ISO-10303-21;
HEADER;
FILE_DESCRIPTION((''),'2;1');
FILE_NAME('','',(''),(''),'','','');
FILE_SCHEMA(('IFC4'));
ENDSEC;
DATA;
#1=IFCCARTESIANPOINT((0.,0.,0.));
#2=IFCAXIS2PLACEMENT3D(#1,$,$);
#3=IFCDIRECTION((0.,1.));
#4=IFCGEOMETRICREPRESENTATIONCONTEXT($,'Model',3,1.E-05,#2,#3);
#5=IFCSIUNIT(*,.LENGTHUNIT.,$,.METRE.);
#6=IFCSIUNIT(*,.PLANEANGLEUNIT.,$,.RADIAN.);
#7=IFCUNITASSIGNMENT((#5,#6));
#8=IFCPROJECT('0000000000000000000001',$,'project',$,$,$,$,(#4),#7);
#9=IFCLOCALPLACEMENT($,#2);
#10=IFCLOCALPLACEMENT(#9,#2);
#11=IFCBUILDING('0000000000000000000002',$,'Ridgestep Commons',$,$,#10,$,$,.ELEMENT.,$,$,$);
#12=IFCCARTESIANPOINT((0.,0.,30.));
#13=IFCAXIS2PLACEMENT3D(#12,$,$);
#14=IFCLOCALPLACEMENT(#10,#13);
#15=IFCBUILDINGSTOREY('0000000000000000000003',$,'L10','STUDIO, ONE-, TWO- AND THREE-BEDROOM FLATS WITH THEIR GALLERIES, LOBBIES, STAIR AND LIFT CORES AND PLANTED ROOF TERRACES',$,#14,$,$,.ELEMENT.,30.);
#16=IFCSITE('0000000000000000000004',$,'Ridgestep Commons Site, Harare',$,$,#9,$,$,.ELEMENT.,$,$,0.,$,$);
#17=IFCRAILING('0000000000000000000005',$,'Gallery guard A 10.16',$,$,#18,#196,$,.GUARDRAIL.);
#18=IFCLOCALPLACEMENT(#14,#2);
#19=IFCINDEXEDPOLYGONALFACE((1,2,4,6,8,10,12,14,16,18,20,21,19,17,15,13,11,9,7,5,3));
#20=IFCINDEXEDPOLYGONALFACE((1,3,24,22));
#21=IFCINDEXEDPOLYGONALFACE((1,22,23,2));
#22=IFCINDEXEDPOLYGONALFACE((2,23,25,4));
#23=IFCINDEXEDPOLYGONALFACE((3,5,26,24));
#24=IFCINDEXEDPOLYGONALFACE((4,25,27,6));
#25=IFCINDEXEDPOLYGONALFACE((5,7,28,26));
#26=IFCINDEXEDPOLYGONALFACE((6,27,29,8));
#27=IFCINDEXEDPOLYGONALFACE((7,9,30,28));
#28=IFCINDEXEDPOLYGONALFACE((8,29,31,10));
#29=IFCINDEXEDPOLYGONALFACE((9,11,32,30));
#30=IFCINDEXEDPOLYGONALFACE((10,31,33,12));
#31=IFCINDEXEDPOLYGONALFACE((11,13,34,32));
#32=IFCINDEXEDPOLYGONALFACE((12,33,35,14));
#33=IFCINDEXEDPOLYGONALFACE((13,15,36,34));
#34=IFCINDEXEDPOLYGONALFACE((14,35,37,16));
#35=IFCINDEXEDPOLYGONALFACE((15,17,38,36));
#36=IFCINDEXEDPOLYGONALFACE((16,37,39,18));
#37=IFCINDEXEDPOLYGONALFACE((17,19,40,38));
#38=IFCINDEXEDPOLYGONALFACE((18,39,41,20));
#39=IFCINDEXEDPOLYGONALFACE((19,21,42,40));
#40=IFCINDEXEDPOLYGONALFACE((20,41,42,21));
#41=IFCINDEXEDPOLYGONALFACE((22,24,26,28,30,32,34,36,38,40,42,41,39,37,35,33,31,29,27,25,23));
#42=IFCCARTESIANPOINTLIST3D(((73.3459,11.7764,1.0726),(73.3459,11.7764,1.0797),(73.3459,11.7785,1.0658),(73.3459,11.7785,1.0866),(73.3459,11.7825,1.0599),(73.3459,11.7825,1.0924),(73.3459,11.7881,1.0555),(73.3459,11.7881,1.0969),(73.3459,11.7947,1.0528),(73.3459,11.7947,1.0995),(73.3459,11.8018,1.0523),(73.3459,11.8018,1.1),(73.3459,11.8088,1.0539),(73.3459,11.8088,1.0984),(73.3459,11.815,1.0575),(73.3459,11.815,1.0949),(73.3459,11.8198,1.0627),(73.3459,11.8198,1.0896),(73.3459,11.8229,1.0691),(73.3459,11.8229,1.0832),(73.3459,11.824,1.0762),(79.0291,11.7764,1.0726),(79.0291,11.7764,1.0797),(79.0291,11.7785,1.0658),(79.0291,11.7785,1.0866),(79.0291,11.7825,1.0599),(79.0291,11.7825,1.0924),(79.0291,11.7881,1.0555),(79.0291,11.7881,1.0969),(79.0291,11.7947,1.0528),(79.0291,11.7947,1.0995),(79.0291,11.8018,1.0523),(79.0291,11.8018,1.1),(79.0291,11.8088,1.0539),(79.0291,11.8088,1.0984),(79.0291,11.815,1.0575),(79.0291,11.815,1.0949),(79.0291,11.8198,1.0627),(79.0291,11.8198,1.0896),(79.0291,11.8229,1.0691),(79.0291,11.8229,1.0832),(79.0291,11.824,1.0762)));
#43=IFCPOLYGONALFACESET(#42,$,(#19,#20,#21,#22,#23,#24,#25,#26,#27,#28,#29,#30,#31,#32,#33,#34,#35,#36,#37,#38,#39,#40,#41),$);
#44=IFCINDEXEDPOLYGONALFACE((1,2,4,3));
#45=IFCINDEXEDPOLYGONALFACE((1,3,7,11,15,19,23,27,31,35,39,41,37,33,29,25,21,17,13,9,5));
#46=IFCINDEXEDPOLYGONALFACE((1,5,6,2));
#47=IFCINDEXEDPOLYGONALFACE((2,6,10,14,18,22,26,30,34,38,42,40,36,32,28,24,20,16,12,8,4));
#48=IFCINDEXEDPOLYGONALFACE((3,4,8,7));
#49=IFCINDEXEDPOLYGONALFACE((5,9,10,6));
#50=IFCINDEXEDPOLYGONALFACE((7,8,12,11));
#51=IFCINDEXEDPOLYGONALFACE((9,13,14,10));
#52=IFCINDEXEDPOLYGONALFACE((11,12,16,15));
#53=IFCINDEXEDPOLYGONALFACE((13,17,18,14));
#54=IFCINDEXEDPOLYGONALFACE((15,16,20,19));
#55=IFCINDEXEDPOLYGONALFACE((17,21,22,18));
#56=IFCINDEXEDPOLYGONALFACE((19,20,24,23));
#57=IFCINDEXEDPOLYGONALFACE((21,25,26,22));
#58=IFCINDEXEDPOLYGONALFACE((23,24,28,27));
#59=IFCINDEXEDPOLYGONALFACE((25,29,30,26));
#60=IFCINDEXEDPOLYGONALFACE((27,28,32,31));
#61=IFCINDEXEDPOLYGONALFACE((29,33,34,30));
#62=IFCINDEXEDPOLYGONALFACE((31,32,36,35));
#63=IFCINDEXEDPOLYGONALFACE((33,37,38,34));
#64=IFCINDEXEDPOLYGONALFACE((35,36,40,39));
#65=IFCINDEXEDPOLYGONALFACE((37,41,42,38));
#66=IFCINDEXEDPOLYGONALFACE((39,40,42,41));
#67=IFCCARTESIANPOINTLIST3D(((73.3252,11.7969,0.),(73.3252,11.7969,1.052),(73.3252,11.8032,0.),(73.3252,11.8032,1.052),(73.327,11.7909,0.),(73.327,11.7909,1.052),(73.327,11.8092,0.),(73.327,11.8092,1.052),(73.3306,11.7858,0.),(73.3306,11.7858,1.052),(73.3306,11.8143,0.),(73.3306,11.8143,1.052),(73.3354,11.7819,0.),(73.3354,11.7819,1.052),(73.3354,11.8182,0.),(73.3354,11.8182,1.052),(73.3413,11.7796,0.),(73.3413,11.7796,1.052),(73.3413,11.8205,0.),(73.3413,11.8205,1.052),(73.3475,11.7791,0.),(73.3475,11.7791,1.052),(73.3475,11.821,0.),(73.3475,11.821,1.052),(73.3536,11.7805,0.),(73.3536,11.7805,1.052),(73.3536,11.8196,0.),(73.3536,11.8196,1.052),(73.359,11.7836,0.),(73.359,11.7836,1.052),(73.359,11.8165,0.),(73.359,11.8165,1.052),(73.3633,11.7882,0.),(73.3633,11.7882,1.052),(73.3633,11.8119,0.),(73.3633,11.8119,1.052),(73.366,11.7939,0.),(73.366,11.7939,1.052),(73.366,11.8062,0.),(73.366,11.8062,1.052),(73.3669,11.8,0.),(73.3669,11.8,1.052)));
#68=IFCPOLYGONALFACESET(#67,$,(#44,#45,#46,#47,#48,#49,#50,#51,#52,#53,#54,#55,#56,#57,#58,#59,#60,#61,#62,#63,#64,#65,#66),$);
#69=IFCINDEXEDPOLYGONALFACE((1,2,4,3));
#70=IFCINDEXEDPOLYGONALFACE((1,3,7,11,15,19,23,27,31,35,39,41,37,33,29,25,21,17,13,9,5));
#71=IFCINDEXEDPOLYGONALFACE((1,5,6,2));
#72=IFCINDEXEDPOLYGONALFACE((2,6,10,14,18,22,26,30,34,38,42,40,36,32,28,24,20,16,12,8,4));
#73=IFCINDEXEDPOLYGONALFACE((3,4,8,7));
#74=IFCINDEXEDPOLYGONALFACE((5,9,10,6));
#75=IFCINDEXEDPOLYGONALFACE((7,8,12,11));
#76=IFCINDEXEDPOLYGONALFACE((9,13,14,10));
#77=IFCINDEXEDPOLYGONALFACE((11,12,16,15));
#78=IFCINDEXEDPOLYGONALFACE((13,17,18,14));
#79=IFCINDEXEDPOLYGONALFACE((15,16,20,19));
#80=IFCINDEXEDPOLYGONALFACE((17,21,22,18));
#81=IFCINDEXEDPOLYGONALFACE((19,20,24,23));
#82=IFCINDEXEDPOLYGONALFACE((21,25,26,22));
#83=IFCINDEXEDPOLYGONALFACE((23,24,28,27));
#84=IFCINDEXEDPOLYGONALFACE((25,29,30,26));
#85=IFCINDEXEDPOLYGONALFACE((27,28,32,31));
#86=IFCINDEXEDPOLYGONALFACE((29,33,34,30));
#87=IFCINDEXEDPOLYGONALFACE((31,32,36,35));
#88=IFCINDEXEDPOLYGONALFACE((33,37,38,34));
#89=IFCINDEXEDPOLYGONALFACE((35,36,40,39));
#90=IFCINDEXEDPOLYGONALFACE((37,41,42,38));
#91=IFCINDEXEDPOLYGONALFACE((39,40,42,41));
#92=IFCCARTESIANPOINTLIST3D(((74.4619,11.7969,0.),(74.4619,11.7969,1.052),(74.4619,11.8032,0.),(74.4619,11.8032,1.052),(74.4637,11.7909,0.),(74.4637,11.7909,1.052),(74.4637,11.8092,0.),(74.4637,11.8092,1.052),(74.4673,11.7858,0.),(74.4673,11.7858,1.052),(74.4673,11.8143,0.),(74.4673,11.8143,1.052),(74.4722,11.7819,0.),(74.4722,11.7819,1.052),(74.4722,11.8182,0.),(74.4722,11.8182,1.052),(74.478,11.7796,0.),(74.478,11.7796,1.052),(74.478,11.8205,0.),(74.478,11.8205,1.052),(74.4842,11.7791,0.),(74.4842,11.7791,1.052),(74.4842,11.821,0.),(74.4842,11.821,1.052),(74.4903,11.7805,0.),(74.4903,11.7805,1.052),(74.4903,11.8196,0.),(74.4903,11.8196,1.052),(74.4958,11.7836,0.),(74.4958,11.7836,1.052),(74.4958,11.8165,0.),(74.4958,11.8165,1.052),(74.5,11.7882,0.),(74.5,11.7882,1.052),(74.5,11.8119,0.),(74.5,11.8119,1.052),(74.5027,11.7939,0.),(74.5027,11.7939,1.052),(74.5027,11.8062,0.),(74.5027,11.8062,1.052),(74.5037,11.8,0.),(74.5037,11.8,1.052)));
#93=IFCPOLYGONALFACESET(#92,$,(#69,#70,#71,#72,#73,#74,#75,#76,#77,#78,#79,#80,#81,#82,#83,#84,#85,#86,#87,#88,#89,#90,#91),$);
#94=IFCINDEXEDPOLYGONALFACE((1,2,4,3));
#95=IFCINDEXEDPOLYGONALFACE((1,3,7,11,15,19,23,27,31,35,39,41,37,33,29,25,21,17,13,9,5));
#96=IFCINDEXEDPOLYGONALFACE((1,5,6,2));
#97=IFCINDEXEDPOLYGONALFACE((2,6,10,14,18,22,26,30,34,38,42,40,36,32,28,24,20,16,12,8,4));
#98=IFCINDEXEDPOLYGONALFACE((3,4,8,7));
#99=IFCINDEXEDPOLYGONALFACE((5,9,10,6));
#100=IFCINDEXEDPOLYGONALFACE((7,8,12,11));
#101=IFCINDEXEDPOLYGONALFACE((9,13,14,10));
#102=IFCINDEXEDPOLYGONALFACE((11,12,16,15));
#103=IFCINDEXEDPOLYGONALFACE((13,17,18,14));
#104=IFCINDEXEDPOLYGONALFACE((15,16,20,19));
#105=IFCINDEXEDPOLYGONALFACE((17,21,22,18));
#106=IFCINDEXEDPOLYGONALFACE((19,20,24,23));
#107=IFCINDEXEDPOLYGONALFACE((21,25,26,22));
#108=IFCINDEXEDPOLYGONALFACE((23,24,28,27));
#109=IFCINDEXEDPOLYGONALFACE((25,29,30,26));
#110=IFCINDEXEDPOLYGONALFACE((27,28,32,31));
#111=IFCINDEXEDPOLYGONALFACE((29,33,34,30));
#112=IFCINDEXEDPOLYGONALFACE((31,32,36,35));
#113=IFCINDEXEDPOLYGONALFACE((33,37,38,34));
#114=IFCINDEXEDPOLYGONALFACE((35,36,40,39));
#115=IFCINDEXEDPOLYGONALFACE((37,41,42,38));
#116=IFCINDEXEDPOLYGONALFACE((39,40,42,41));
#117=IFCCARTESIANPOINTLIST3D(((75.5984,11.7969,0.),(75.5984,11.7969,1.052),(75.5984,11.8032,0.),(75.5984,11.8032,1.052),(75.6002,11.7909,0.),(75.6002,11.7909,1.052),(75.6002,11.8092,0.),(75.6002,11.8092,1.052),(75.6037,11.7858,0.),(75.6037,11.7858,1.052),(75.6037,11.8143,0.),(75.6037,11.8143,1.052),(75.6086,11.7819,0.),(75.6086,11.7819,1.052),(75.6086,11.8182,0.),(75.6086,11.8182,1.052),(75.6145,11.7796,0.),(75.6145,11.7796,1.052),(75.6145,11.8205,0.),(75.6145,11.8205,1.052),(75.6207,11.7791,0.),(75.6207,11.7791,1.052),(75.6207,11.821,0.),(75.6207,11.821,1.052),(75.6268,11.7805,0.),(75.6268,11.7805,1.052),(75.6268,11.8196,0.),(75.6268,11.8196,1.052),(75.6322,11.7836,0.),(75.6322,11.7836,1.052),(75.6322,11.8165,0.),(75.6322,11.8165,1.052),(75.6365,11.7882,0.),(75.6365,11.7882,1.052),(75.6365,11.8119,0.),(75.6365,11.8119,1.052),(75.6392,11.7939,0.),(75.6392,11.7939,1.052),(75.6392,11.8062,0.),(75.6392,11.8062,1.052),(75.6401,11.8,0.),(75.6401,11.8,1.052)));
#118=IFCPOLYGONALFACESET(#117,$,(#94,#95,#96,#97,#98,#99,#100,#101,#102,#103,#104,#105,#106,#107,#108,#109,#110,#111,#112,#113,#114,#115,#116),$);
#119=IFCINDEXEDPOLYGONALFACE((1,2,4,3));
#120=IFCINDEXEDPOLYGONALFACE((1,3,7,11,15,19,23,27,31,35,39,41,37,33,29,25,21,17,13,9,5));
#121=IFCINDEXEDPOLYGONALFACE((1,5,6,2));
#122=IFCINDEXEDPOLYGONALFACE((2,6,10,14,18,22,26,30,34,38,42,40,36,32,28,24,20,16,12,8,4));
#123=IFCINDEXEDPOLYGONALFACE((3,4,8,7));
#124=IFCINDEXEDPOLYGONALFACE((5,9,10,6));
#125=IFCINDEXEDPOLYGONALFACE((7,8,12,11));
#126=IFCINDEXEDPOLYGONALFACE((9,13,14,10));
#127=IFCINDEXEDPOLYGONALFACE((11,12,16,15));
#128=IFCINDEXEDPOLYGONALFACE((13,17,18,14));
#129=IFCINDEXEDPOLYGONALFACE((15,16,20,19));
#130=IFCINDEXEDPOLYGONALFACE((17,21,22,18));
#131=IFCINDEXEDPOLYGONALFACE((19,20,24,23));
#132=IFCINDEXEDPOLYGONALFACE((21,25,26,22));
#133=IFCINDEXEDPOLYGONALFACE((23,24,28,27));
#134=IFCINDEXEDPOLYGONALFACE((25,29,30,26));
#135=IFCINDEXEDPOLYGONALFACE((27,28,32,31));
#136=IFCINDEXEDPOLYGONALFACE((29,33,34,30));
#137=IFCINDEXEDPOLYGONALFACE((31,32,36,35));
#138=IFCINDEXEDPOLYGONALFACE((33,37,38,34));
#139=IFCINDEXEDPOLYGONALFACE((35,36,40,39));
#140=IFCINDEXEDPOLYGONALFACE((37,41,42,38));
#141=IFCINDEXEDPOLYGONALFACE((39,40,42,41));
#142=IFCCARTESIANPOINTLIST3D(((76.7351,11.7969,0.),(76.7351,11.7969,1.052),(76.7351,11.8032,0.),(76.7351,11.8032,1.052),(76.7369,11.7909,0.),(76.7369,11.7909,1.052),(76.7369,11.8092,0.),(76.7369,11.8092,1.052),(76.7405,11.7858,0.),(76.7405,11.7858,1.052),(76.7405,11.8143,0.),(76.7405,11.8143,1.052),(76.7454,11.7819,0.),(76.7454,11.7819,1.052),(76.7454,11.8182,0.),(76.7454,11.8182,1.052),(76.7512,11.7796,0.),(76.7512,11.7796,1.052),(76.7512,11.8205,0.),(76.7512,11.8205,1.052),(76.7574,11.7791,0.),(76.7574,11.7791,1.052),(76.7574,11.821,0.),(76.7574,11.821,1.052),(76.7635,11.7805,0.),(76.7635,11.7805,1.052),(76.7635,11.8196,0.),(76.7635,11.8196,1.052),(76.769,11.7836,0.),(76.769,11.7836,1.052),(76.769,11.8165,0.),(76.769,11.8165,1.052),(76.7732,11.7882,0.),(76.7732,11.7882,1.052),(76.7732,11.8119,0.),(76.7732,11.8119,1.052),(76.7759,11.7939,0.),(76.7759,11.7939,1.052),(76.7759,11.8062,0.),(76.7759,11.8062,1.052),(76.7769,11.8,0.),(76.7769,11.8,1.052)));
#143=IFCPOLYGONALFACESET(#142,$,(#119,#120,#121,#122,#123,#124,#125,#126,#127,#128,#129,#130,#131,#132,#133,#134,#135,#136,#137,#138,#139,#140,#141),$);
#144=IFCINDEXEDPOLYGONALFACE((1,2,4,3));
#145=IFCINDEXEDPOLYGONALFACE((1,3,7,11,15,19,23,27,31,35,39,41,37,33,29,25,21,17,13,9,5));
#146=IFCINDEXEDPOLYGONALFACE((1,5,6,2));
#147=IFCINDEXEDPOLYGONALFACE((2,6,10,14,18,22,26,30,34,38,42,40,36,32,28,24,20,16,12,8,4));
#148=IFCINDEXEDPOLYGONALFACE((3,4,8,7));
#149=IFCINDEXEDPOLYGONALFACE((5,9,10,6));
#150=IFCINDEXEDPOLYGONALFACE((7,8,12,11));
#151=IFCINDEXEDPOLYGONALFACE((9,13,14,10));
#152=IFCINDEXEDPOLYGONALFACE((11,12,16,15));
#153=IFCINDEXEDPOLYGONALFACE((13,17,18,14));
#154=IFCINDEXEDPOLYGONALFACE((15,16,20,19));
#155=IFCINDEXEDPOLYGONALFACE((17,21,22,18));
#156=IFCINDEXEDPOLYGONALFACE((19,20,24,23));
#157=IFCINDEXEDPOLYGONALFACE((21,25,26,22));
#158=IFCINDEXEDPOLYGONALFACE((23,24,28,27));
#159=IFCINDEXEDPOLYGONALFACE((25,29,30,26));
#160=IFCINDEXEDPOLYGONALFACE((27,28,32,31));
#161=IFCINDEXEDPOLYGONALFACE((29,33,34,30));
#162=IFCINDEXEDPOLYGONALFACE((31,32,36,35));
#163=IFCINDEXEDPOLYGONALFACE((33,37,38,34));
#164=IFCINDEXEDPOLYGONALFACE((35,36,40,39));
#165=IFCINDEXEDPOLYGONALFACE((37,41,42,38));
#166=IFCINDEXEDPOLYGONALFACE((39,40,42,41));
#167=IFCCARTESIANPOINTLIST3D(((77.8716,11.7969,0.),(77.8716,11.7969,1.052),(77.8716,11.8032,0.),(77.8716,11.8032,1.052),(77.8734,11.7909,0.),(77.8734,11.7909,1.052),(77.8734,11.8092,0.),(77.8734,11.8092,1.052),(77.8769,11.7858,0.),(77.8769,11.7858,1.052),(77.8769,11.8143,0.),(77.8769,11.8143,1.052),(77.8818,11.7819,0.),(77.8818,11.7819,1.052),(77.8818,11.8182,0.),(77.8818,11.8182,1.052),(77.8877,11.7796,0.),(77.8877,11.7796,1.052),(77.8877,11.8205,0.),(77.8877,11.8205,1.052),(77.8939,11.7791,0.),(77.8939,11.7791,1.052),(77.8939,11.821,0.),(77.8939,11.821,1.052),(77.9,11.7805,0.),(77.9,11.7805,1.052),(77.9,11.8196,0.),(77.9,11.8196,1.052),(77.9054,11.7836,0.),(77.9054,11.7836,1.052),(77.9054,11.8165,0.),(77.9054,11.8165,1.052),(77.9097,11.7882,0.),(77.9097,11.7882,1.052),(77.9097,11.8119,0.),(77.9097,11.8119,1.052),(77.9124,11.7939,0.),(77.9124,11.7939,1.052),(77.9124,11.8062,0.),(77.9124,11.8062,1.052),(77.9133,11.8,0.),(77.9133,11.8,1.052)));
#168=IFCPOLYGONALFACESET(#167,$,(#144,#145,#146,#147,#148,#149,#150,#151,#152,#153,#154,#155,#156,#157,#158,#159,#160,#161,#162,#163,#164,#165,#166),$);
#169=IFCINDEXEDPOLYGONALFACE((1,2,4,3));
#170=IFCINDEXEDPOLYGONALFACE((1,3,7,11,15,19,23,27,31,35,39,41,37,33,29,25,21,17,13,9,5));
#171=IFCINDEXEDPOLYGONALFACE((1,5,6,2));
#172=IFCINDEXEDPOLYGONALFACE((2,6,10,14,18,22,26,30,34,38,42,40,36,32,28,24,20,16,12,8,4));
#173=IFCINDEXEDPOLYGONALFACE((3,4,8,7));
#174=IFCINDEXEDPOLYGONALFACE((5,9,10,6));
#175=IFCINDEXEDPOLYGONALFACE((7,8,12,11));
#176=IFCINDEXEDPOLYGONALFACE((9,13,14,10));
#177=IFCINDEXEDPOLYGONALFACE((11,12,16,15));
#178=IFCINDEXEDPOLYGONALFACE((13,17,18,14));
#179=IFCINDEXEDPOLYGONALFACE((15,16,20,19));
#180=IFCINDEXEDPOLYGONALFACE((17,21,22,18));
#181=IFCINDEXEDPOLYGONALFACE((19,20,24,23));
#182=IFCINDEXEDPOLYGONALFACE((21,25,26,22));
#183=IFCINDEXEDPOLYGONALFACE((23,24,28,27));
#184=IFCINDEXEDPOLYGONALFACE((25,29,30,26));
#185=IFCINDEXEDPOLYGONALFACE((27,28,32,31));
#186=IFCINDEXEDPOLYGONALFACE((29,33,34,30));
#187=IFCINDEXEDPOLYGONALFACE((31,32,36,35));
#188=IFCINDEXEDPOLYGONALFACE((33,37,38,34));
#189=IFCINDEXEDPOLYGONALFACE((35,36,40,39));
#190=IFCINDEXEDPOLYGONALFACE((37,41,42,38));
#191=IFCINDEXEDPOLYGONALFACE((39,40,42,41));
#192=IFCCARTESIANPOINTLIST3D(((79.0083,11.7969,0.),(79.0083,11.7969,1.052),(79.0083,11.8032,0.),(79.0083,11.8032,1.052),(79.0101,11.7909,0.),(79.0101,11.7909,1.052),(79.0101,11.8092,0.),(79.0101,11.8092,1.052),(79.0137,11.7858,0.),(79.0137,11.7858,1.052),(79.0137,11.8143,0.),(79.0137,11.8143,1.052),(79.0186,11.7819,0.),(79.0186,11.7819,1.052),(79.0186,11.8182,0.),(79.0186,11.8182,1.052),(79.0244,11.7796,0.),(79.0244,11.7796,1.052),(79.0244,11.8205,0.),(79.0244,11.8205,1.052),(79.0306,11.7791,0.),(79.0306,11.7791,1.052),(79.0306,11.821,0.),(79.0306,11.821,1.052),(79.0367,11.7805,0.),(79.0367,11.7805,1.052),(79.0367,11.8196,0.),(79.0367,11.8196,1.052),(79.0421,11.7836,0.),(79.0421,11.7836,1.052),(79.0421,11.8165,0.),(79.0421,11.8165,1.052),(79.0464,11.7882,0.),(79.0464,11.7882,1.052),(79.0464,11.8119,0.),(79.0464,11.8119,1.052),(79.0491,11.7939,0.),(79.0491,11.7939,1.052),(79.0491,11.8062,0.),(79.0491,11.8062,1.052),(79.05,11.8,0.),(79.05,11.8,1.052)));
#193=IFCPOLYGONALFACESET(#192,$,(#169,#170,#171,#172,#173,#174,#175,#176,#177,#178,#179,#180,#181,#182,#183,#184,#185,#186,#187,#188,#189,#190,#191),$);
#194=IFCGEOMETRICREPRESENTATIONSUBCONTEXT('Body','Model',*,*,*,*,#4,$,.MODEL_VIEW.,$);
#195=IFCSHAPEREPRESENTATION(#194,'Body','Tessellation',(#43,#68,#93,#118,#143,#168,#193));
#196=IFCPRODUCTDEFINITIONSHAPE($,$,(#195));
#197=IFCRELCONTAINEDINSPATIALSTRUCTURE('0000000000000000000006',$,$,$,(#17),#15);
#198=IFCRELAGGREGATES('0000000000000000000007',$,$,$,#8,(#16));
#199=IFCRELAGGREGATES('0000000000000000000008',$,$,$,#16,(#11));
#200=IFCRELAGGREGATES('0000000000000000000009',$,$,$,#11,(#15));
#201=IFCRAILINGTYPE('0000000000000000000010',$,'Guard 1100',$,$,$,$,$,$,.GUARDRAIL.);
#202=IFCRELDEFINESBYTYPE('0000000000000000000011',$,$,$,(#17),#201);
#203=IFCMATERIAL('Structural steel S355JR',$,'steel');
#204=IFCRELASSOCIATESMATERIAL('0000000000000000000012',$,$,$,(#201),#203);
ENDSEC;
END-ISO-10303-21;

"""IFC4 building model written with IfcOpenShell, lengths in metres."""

from ifc_helpers import new_model, si_unit, direction, frame, origin, origin_2d, place, context, subcontext, project, spatial, circle, extrude, material, type_object, element, save


model = new_model("IFC4")

# Units and contexts
model_context = context("Model", 3, precision=1e-05, world=origin(), true_north=direction((0.0, 1.0)))
body_context = subcontext(model_context, "Body", "Model", "MODEL_VIEW")
ifc_project = project(units=[si_unit("LENGTHUNIT", "METRE"), si_unit("PLANEANGLEUNIT", "RADIAN")], contexts=[model_context])

# Site, building, storey
site_placement = place(None, origin())
site = spatial("IfcSite", under=ifc_project, at=site_placement, Name="Ridgestep Commons Site, Harare", CompositionType="ELEMENT", RefElevation=0.0)
building_placement = place(site_placement, origin())
building = spatial("IfcBuilding", under=site, at=building_placement, Name="Ridgestep Commons", CompositionType="ELEMENT")
storey_placement = place(building_placement, frame((0.0, 0.0, 30.0)))
storey = spatial("IfcBuildingStorey", under=building, at=storey_placement, Name="L10", Description="STUDIO, ONE-, TWO- AND THREE-BEDROOM FLATS WITH THEIR GALLERIES, LOBBIES, STAIR AND LIFT CORES AND PLANTED ROOF TERRACES", CompositionType="ELEMENT", Elevation=30.0)

# Railing
ifc_material_1 = material(Name="Structural steel S355JR", Category="steel")
railing_type_1 = type_object("IfcRailingType", Name="Guard 1100", PredefinedType="GUARDRAIL", material=ifc_material_1)
railing_1_placement = place(storey_placement, frame((73.3459, 11.8, 0.0)))
element("IfcRailing", 1, at=railing_1_placement, inside=storey, type_object=railing_type_1, Name="Gallery guard A 10.16", PredefinedType="GUARDRAIL", context=body_context, shape_type="SweptSolid", body=[
    extrude(circle(Radius=0.0239, at=origin_2d()), frame((0.0, 0.0, 1.0762), z_axis=(1.0, 0.0, 0.0), x_axis=(0.0, 1.0, 0.0)), (0.0, 0.0, 1.0), 5.6831),
    extrude(circle(Radius=0.021, at=origin_2d()), origin(), (0.0, 0.0, 1.0), 1.052),
    extrude(circle(Radius=0.021, at=origin_2d()), frame((1.1367, 0.0, 0.0)), (0.0, 0.0, 1.0), 1.052),
    extrude(circle(Radius=0.021, at=origin_2d()), frame((2.2732, 0.0, 0.0)), (0.0, 0.0, 1.0), 1.052),
    extrude(circle(Radius=0.021, at=origin_2d()), frame((3.4099, 0.0, 0.0)), (0.0, 0.0, 1.0), 1.052),
    extrude(circle(Radius=0.021, at=origin_2d()), frame((4.5464, 0.0, 0.0)), (0.0, 0.0, 1.0), 1.052),
    extrude(circle(Radius=0.021, at=origin_2d()), frame((5.6831, 0.0, 0.0)), (0.0, 0.0, 1.0), 1.052),
])

save(model, "model.ifc")
